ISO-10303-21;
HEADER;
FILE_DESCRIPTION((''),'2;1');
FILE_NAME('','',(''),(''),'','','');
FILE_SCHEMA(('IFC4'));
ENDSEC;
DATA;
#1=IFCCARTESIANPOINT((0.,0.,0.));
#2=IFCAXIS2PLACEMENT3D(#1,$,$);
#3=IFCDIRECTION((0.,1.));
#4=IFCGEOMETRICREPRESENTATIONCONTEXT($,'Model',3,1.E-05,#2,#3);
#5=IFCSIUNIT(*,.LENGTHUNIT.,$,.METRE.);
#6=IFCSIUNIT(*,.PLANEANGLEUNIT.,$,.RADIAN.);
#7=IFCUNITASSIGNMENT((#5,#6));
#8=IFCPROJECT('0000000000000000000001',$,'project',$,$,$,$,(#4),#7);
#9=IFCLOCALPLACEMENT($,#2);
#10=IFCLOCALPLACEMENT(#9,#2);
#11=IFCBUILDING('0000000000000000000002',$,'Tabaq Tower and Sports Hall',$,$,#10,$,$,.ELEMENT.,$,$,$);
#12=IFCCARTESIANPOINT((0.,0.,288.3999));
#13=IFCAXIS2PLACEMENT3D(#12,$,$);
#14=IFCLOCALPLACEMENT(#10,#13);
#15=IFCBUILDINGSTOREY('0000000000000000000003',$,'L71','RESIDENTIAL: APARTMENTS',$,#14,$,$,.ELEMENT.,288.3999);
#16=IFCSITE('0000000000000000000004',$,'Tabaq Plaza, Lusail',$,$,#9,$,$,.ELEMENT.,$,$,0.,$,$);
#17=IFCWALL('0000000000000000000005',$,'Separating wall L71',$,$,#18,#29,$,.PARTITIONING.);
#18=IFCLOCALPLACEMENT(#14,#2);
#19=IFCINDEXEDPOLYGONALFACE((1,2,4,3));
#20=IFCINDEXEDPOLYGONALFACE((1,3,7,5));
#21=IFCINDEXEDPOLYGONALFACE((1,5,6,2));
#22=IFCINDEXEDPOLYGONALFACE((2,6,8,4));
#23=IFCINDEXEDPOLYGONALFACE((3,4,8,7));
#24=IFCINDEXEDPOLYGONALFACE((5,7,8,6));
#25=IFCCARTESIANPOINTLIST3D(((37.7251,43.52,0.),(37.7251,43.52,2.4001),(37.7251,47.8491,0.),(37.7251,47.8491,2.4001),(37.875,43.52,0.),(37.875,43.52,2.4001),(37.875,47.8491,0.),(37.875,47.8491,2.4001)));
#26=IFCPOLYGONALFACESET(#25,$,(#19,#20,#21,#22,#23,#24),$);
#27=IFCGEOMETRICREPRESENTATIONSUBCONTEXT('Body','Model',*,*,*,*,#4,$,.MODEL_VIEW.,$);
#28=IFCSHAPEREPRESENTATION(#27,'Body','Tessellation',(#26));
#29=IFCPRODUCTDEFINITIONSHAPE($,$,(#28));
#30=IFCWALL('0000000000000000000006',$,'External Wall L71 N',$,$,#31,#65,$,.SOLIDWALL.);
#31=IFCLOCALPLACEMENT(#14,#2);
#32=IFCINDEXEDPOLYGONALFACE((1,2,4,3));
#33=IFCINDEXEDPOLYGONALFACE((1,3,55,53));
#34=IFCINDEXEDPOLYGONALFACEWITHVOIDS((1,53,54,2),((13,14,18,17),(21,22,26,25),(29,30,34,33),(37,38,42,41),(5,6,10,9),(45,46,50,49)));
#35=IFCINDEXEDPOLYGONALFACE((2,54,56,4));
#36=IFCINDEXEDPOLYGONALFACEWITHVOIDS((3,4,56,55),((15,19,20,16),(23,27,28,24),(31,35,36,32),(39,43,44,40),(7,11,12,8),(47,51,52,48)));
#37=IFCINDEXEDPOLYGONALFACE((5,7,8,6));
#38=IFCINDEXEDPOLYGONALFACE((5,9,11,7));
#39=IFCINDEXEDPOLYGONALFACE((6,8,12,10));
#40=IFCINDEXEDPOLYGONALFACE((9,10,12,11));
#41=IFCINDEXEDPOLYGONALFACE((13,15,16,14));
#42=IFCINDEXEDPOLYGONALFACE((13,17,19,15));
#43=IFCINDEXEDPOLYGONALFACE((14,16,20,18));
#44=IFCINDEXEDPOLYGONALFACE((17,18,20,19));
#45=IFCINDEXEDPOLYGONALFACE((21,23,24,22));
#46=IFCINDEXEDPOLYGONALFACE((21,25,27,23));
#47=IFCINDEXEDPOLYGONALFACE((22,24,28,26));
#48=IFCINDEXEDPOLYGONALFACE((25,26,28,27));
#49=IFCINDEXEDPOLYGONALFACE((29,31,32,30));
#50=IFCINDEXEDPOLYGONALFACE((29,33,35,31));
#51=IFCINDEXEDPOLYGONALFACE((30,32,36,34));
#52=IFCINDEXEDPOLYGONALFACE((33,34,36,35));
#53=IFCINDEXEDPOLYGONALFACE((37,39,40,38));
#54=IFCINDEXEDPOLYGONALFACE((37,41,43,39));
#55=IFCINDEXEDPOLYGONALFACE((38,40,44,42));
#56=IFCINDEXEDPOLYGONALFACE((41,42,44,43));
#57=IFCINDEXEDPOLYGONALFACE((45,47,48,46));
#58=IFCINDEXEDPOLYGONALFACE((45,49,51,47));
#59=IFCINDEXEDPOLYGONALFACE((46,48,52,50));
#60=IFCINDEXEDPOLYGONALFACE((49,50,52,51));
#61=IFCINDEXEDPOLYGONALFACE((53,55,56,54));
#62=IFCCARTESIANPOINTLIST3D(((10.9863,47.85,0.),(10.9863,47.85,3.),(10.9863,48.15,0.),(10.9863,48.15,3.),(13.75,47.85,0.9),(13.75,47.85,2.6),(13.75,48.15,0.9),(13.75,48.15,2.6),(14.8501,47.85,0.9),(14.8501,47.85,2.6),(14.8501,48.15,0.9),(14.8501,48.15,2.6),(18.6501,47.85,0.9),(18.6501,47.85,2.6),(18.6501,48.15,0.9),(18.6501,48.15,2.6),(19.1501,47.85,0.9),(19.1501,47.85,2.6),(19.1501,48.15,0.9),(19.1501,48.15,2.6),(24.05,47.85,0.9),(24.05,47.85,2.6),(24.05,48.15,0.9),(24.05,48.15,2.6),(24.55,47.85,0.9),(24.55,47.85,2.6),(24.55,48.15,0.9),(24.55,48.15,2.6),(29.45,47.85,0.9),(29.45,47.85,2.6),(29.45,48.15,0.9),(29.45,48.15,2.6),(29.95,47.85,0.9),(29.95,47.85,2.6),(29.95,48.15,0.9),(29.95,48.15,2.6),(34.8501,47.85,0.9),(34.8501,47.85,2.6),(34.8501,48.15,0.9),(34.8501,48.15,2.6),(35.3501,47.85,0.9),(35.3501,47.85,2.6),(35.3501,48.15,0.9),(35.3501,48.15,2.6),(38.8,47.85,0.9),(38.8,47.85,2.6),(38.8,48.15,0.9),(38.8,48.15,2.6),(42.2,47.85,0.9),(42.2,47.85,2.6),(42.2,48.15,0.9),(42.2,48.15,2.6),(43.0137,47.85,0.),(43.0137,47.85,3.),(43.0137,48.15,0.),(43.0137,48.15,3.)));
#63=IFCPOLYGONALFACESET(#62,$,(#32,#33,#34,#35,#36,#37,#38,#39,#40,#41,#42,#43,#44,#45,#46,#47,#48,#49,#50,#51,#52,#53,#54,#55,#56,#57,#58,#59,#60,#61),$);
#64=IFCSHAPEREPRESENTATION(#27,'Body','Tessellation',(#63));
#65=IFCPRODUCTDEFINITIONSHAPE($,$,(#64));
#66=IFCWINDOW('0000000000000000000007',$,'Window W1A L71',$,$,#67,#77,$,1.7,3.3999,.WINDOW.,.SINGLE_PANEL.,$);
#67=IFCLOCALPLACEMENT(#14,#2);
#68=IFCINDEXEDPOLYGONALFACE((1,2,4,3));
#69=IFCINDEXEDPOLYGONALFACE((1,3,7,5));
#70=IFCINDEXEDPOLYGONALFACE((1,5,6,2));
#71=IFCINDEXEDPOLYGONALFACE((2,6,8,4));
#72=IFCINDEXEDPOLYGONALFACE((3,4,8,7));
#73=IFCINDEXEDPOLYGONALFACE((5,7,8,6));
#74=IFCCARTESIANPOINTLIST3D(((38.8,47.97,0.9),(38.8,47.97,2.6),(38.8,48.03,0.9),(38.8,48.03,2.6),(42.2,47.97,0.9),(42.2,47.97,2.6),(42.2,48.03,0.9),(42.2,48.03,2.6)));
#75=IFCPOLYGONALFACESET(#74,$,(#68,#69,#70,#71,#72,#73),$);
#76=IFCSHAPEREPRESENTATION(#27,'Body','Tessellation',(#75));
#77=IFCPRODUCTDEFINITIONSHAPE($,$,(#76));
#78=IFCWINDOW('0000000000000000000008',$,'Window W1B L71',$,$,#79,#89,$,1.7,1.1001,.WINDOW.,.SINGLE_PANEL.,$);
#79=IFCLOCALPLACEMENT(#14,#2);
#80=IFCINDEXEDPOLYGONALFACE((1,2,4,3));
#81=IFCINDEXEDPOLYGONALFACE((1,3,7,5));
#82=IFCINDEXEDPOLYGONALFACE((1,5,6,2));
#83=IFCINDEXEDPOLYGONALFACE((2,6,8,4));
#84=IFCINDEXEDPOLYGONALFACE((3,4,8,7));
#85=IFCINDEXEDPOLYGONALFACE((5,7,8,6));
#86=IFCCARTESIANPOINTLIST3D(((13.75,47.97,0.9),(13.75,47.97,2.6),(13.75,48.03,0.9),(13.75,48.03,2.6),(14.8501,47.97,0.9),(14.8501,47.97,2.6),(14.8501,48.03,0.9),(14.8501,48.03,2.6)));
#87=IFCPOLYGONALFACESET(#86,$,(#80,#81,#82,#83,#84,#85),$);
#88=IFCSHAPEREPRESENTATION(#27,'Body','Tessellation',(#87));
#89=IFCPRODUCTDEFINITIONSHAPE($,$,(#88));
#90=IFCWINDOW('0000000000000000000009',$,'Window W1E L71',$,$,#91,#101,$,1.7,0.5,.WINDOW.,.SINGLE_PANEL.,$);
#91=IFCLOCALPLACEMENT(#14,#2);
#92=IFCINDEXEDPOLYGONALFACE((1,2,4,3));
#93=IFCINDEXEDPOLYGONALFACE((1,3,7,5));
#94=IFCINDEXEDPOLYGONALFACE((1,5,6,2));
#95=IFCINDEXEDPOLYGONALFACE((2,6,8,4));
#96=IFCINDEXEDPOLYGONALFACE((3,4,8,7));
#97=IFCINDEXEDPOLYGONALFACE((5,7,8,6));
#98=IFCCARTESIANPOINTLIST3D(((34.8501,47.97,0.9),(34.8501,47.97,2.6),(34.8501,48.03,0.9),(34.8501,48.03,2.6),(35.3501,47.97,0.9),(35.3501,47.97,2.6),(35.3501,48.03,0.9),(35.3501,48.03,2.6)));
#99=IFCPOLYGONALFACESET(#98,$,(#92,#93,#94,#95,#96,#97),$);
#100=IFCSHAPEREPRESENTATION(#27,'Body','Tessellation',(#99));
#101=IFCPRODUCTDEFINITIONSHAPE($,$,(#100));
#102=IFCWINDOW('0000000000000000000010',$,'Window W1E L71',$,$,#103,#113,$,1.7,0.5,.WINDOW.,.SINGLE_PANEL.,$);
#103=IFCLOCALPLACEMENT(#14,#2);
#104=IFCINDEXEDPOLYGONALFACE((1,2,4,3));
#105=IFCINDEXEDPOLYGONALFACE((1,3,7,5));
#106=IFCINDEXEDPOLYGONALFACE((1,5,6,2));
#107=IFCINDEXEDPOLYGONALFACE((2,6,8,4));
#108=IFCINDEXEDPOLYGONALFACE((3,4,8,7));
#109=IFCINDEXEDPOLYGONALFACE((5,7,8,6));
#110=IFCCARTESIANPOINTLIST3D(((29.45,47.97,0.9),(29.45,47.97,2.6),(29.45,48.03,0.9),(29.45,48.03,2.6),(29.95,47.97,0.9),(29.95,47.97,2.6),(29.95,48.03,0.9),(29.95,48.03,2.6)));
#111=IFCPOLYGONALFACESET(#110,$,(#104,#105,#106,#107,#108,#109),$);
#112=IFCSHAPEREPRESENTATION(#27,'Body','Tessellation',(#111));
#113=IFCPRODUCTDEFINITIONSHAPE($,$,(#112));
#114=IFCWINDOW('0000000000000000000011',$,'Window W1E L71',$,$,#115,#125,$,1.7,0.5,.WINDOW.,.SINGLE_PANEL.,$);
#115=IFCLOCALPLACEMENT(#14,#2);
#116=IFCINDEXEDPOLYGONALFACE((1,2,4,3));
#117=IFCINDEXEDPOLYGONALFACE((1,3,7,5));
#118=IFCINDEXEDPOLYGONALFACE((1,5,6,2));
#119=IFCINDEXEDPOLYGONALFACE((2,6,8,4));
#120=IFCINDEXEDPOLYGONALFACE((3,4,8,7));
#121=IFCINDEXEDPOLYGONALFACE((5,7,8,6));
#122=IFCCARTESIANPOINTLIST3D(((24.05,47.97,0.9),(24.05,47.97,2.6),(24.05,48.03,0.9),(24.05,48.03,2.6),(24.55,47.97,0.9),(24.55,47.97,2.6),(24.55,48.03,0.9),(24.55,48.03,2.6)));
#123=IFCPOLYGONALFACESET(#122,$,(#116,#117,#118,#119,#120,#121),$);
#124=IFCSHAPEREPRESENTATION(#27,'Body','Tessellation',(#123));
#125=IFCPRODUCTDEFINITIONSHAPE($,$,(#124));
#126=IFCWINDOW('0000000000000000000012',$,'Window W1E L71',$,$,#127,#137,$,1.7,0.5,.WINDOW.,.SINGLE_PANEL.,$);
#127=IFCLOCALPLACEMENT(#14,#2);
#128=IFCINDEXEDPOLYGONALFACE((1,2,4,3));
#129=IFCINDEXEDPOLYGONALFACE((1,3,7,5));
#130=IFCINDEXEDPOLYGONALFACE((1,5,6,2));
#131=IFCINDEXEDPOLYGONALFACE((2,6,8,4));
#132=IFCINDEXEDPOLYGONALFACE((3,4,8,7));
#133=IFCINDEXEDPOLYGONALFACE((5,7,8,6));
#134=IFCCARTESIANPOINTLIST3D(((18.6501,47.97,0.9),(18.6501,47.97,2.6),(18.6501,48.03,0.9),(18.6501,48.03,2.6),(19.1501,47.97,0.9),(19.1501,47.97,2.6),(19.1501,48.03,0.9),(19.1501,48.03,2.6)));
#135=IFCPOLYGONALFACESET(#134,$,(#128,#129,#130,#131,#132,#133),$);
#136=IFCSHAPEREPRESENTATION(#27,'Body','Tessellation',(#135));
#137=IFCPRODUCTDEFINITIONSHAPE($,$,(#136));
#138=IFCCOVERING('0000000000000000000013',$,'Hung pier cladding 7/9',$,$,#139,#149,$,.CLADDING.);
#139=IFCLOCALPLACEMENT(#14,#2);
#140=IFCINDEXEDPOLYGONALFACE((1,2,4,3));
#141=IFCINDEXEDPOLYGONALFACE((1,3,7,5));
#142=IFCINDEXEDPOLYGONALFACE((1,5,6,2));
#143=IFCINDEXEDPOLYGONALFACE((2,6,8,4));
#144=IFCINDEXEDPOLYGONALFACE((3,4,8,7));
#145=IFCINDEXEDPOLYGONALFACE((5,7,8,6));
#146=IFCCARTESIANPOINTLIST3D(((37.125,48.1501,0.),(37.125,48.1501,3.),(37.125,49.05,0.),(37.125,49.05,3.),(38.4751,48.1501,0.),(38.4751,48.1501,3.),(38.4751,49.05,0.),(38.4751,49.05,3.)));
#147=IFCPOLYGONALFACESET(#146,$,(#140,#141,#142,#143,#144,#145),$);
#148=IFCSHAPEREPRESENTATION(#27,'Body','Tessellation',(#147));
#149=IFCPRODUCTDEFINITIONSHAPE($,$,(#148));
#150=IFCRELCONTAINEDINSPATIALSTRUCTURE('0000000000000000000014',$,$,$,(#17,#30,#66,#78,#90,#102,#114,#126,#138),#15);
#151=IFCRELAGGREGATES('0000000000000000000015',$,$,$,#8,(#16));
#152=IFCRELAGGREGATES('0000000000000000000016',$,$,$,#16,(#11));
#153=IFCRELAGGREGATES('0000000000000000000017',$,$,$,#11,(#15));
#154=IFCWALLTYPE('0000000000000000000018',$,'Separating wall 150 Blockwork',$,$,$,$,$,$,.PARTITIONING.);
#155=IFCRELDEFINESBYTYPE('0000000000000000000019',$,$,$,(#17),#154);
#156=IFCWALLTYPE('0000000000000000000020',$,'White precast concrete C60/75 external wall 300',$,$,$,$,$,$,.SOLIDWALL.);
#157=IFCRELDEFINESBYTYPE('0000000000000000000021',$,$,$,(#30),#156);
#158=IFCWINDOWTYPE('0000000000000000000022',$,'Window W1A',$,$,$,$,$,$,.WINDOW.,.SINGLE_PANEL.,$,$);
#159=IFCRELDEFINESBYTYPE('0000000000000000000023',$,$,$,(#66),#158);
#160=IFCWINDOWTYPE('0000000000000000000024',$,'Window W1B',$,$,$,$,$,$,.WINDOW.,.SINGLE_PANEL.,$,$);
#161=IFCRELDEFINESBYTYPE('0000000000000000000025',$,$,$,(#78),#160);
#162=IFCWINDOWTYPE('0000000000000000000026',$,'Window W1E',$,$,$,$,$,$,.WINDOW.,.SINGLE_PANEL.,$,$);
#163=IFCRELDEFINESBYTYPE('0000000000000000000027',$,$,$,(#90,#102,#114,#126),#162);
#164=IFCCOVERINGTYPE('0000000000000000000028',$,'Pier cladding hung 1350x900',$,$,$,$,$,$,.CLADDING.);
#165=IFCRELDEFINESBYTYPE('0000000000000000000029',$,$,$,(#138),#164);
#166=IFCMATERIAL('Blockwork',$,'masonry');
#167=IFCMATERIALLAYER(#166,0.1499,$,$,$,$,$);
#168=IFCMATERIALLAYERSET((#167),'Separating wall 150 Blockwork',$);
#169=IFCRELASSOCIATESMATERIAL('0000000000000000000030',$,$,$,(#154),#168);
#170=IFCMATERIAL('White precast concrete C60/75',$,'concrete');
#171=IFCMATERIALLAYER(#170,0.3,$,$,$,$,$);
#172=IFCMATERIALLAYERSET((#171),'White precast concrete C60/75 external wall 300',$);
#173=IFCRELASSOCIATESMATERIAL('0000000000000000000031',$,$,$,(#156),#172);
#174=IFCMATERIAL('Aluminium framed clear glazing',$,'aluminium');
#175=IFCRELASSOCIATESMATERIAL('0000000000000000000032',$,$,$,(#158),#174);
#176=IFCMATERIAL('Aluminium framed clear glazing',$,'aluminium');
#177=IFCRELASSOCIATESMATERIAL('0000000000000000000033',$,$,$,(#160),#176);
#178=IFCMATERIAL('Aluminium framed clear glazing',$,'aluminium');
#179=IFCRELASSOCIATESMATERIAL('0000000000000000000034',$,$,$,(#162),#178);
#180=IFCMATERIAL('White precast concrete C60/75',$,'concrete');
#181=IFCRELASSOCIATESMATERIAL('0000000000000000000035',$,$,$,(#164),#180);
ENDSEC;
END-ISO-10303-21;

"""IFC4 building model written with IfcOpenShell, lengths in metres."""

from ifc_helpers import new_model, si_unit, direction, frame, frame_2d, origin, place, context, subcontext, project, spatial, rectangle, extrude, material, layer, layer_set, type_object, element, fill, save


model = new_model("IFC4")

# Units and contexts
model_context = context("Model", 3, precision=1e-05, world=origin(), true_north=direction((0.0, 1.0)))
body_context = subcontext(model_context, "Body", "Model", "MODEL_VIEW")
ifc_project = project(units=[si_unit("LENGTHUNIT", "METRE"), si_unit("PLANEANGLEUNIT", "RADIAN")], contexts=[model_context])

# Site, building, storey
site_placement = place(None, origin())
site = spatial("IfcSite", under=ifc_project, at=site_placement, Name="Tabaq Plaza, Lusail", CompositionType="ELEMENT", RefElevation=0.0)
building_placement = place(site_placement, origin())
building = spatial("IfcBuilding", under=site, at=building_placement, Name="Tabaq Tower and Sports Hall", CompositionType="ELEMENT")
storey_placement = place(building_placement, frame((0.0, 0.0, 288.3999)))
storey = spatial("IfcBuildingStorey", under=building, at=storey_placement, Name="L71", Description="RESIDENTIAL: APARTMENTS", CompositionType="ELEMENT", Elevation=288.3999)

# Wall
ifc_material_1 = material(Name="Blockwork", Category="masonry")
ifc_layer_1 = layer(ifc_material_1, 0.1499)
ifc_layer_set_1 = layer_set([ifc_layer_1], Name="Separating wall 150 Blockwork")
wall_type_1 = type_object("IfcWallType", Name="Separating wall 150 Blockwork", PredefinedType="PARTITIONING", material=ifc_layer_set_1)
wall_1_placement = place(storey_placement, frame((37.8, 43.52, 0.0), z_axis=(0.0, 0.0, 1.0), x_axis=(0.0, 1.0, 0.0)))
element("IfcWall", 1, at=wall_1_placement, inside=storey, type_object=wall_type_1, Name="Separating wall L71", PredefinedType="PARTITIONING", context=body_context, shape_type="SweptSolid", body=[
    extrude(rectangle(XDim=4.3291, YDim=0.1499, at=frame_2d((2.1646, 0.0))), origin(), (0.0, 0.0, 1.0), 2.4001),
])

# Wall, openings, windows
ifc_material_2 = material(Name="White precast concrete C60/75", Category="concrete")
ifc_layer_2 = layer(ifc_material_2, 0.3)
ifc_layer_set_2 = layer_set([ifc_layer_2], Name="White precast concrete C60/75 external wall 300")
wall_type_2 = type_object("IfcWallType", Name="White precast concrete C60/75 external wall 300", PredefinedType="SOLIDWALL", material=ifc_layer_set_2)
wall_2_placement = place(storey_placement, frame((43.0137, 48.0, 0.0), z_axis=(0.0, 0.0, 1.0), x_axis=(-1.0, 0.0, 0.0)))
wall_2 = element("IfcWall", 2, at=wall_2_placement, inside=storey, type_object=wall_type_2, Name="External Wall L71 N", PredefinedType="SOLIDWALL", context=body_context, shape_type="SweptSolid", body=[
    extrude(rectangle(XDim=32.0273, YDim=0.3, at=frame_2d((16.0137, 0.0))), origin(), (0.0, 0.0, 1.0), 3.0),
])
opening_1_placement = place(wall_2_placement, frame((0.8137, 0.0, 0.8999)))
opening_1 = element("IfcOpeningElement", 3, at=opening_1_placement, cuts=wall_2, PredefinedType="OPENING", context=body_context, shape_type="SweptSolid", body=[
    extrude(rectangle(XDim=3.3999, YDim=1.7, at=frame_2d((1.7, 0.8501))), frame((0.0, 0.1602, 0.0), z_axis=(0.0, -1.0, 0.0), x_axis=(1.0, 0.0, 0.0)), (0.0, 0.0, 1.0), 0.3201),
])
opening_2_placement = place(wall_2_placement, frame((7.6636, 0.0, 0.8999)))
opening_2 = element("IfcOpeningElement", 4, at=opening_2_placement, cuts=wall_2, PredefinedType="OPENING", context=body_context, shape_type="SweptSolid", body=[
    extrude(rectangle(XDim=0.5, YDim=1.7, at=frame_2d((0.25, 0.8501))), frame((0.0, 0.1602, 0.0), z_axis=(0.0, -1.0, 0.0), x_axis=(1.0, 0.0, 0.0)), (0.0, 0.0, 1.0), 0.3201),
])
opening_3_placement = place(wall_2_placement, frame((13.0637, 0.0, 0.8999)))
opening_3 = element("IfcOpeningElement", 5, at=opening_3_placement, cuts=wall_2, PredefinedType="OPENING", context=body_context, shape_type="SweptSolid", body=[
    extrude(rectangle(XDim=0.5, YDim=1.7, at=frame_2d((0.25, 0.8501))), frame((0.0, 0.1602, 0.0), z_axis=(0.0, -1.0, 0.0), x_axis=(1.0, 0.0, 0.0)), (0.0, 0.0, 1.0), 0.3201),
])
opening_4_placement = place(wall_2_placement, frame((18.4636, 0.0, 0.8999)))
opening_4 = element("IfcOpeningElement", 6, at=opening_4_placement, cuts=wall_2, PredefinedType="OPENING", context=body_context, shape_type="SweptSolid", body=[
    extrude(rectangle(XDim=0.5, YDim=1.7, at=frame_2d((0.25, 0.8501))), frame((0.0, 0.1602, 0.0), z_axis=(0.0, -1.0, 0.0), x_axis=(1.0, 0.0, 0.0)), (0.0, 0.0, 1.0), 0.3201),
])
opening_5_placement = place(wall_2_placement, frame((23.8635, 0.0, 0.8999)))
opening_5 = element("IfcOpeningElement", 7, at=opening_5_placement, cuts=wall_2, PredefinedType="OPENING", context=body_context, shape_type="SweptSolid", body=[
    extrude(rectangle(XDim=0.5, YDim=1.7, at=frame_2d((0.25, 0.8501))), frame((0.0, 0.1602, 0.0), z_axis=(0.0, -1.0, 0.0), x_axis=(1.0, 0.0, 0.0)), (0.0, 0.0, 1.0), 0.3201),
])
opening_6_placement = place(wall_2_placement, frame((28.1636, 0.0, 0.8999)))
opening_6 = element("IfcOpeningElement", 8, at=opening_6_placement, cuts=wall_2, PredefinedType="OPENING", context=body_context, shape_type="SweptSolid", body=[
    extrude(rectangle(XDim=1.1001, YDim=1.7, at=frame_2d((0.55, 0.8501))), frame((0.0, 0.1602, 0.0), z_axis=(0.0, -1.0, 0.0), x_axis=(1.0, 0.0, 0.0)), (0.0, 0.0, 1.0), 0.3201),
])
ifc_material_3 = material(Name="Aluminium framed clear glazing", Category="aluminium")
window_type_1 = type_object("IfcWindowType", Name="Window W1A", PartitioningType="SINGLE_PANEL", PredefinedType="WINDOW", material=ifc_material_3)
window_1_placement = place(opening_1_placement, origin())
window_1 = element("IfcWindow", 9, at=window_1_placement, inside=storey, type_object=window_type_1, Name="Window W1A L71", OverallHeight=1.7, OverallWidth=3.3999, PartitioningType="SINGLE_PANEL", PredefinedType="WINDOW", context=body_context, shape_type="SweptSolid", body=[
    extrude(rectangle(XDim=3.3999, YDim=1.7, at=frame_2d((1.7, 0.8501))), frame((0.0, 0.03, 0.0), z_axis=(0.0, -1.0, 0.0), x_axis=(1.0, 0.0, 0.0)), (0.0, 0.0, 1.0), 0.0601),
])
fill(opening_1, window_1)
ifc_material_4 = material(Name="Aluminium framed clear glazing", Category="aluminium")
window_type_2 = type_object("IfcWindowType", Name="Window W1B", PartitioningType="SINGLE_PANEL", PredefinedType="WINDOW", material=ifc_material_4)
window_2_placement = place(opening_6_placement, origin())
window_2 = element("IfcWindow", 10, at=window_2_placement, inside=storey, type_object=window_type_2, Name="Window W1B L71", OverallHeight=1.7, OverallWidth=1.1001, PartitioningType="SINGLE_PANEL", PredefinedType="WINDOW", context=body_context, shape_type="SweptSolid", body=[
    extrude(rectangle(XDim=1.1001, YDim=1.7, at=frame_2d((0.55, 0.8501))), frame((0.0, 0.03, 0.0), z_axis=(0.0, -1.0, 0.0), x_axis=(1.0, 0.0, 0.0)), (0.0, 0.0, 1.0), 0.0601),
])
fill(opening_6, window_2)
ifc_material_5 = material(Name="Aluminium framed clear glazing", Category="aluminium")
window_type_3 = type_object("IfcWindowType", Name="Window W1E", PartitioningType="SINGLE_PANEL", PredefinedType="WINDOW", material=ifc_material_5)
window_3_placement = place(opening_2_placement, origin())
window_3 = element("IfcWindow", 11, at=window_3_placement, inside=storey, type_object=window_type_3, Name="Window W1E L71", OverallHeight=1.7, OverallWidth=0.5, PartitioningType="SINGLE_PANEL", PredefinedType="WINDOW", context=body_context, shape_type="SweptSolid", body=[
    extrude(rectangle(XDim=0.5, YDim=1.7, at=frame_2d((0.25, 0.8501))), frame((0.0, 0.03, 0.0), z_axis=(0.0, -1.0, 0.0), x_axis=(1.0, 0.0, 0.0)), (0.0, 0.0, 1.0), 0.0601),
])
fill(opening_2, window_3)
window_4_placement = place(opening_3_placement, origin())
window_4 = element("IfcWindow", 12, at=window_4_placement, inside=storey, type_object=window_type_3, Name="Window W1E L71", OverallHeight=1.7, OverallWidth=0.5, PartitioningType="SINGLE_PANEL", PredefinedType="WINDOW", context=body_context, shape_type="SweptSolid", body=[
    extrude(rectangle(XDim=0.5, YDim=1.7, at=frame_2d((0.25, 0.8501))), frame((0.0, 0.03, 0.0), z_axis=(0.0, -1.0, 0.0), x_axis=(1.0, 0.0, 0.0)), (0.0, 0.0, 1.0), 0.0601),
])
fill(opening_3, window_4)
window_5_placement = place(opening_4_placement, origin())
window_5 = element("IfcWindow", 13, at=window_5_placement, inside=storey, type_object=window_type_3, Name="Window W1E L71", OverallHeight=1.7, OverallWidth=0.5, PartitioningType="SINGLE_PANEL", PredefinedType="WINDOW", context=body_context, shape_type="SweptSolid", body=[
    extrude(rectangle(XDim=0.5, YDim=1.7, at=frame_2d((0.25, 0.8501))), frame((0.0, 0.03, 0.0), z_axis=(0.0, -1.0, 0.0), x_axis=(1.0, 0.0, 0.0)), (0.0, 0.0, 1.0), 0.0601),
])
fill(opening_4, window_5)
window_6_placement = place(opening_5_placement, origin())
window_6 = element("IfcWindow", 14, at=window_6_placement, inside=storey, type_object=window_type_3, Name="Window W1E L71", OverallHeight=1.7, OverallWidth=0.5, PartitioningType="SINGLE_PANEL", PredefinedType="WINDOW", context=body_context, shape_type="SweptSolid", body=[
    extrude(rectangle(XDim=0.5, YDim=1.7, at=frame_2d((0.25, 0.8501))), frame((0.0, 0.03, 0.0), z_axis=(0.0, -1.0, 0.0), x_axis=(1.0, 0.0, 0.0)), (0.0, 0.0, 1.0), 0.0601),
])
fill(opening_5, window_6)

# Covering
ifc_material_6 = material(Name="White precast concrete C60/75", Category="concrete")
covering_type_1 = type_object("IfcCoveringType", Name="Pier cladding hung 1350x900", PredefinedType="CLADDING", material=ifc_material_6)
covering_1_placement = place(storey_placement, frame((38.4751, 48.6001, 0.0), z_axis=(0.0, 0.0, 1.0), x_axis=(-1.0, 0.0, 0.0)))
element("IfcCovering", 15, at=covering_1_placement, inside=storey, type_object=covering_type_1, Name="Hung pier cladding 7/9", PredefinedType="CLADDING", context=body_context, shape_type="SweptSolid", body=[
    extrude(rectangle(XDim=1.3501, YDim=0.8999, at=frame_2d((0.675, 0.0))), origin(), (0.0, 0.0, 1.0), 3.0),
])

save(model, "model.ifc")
